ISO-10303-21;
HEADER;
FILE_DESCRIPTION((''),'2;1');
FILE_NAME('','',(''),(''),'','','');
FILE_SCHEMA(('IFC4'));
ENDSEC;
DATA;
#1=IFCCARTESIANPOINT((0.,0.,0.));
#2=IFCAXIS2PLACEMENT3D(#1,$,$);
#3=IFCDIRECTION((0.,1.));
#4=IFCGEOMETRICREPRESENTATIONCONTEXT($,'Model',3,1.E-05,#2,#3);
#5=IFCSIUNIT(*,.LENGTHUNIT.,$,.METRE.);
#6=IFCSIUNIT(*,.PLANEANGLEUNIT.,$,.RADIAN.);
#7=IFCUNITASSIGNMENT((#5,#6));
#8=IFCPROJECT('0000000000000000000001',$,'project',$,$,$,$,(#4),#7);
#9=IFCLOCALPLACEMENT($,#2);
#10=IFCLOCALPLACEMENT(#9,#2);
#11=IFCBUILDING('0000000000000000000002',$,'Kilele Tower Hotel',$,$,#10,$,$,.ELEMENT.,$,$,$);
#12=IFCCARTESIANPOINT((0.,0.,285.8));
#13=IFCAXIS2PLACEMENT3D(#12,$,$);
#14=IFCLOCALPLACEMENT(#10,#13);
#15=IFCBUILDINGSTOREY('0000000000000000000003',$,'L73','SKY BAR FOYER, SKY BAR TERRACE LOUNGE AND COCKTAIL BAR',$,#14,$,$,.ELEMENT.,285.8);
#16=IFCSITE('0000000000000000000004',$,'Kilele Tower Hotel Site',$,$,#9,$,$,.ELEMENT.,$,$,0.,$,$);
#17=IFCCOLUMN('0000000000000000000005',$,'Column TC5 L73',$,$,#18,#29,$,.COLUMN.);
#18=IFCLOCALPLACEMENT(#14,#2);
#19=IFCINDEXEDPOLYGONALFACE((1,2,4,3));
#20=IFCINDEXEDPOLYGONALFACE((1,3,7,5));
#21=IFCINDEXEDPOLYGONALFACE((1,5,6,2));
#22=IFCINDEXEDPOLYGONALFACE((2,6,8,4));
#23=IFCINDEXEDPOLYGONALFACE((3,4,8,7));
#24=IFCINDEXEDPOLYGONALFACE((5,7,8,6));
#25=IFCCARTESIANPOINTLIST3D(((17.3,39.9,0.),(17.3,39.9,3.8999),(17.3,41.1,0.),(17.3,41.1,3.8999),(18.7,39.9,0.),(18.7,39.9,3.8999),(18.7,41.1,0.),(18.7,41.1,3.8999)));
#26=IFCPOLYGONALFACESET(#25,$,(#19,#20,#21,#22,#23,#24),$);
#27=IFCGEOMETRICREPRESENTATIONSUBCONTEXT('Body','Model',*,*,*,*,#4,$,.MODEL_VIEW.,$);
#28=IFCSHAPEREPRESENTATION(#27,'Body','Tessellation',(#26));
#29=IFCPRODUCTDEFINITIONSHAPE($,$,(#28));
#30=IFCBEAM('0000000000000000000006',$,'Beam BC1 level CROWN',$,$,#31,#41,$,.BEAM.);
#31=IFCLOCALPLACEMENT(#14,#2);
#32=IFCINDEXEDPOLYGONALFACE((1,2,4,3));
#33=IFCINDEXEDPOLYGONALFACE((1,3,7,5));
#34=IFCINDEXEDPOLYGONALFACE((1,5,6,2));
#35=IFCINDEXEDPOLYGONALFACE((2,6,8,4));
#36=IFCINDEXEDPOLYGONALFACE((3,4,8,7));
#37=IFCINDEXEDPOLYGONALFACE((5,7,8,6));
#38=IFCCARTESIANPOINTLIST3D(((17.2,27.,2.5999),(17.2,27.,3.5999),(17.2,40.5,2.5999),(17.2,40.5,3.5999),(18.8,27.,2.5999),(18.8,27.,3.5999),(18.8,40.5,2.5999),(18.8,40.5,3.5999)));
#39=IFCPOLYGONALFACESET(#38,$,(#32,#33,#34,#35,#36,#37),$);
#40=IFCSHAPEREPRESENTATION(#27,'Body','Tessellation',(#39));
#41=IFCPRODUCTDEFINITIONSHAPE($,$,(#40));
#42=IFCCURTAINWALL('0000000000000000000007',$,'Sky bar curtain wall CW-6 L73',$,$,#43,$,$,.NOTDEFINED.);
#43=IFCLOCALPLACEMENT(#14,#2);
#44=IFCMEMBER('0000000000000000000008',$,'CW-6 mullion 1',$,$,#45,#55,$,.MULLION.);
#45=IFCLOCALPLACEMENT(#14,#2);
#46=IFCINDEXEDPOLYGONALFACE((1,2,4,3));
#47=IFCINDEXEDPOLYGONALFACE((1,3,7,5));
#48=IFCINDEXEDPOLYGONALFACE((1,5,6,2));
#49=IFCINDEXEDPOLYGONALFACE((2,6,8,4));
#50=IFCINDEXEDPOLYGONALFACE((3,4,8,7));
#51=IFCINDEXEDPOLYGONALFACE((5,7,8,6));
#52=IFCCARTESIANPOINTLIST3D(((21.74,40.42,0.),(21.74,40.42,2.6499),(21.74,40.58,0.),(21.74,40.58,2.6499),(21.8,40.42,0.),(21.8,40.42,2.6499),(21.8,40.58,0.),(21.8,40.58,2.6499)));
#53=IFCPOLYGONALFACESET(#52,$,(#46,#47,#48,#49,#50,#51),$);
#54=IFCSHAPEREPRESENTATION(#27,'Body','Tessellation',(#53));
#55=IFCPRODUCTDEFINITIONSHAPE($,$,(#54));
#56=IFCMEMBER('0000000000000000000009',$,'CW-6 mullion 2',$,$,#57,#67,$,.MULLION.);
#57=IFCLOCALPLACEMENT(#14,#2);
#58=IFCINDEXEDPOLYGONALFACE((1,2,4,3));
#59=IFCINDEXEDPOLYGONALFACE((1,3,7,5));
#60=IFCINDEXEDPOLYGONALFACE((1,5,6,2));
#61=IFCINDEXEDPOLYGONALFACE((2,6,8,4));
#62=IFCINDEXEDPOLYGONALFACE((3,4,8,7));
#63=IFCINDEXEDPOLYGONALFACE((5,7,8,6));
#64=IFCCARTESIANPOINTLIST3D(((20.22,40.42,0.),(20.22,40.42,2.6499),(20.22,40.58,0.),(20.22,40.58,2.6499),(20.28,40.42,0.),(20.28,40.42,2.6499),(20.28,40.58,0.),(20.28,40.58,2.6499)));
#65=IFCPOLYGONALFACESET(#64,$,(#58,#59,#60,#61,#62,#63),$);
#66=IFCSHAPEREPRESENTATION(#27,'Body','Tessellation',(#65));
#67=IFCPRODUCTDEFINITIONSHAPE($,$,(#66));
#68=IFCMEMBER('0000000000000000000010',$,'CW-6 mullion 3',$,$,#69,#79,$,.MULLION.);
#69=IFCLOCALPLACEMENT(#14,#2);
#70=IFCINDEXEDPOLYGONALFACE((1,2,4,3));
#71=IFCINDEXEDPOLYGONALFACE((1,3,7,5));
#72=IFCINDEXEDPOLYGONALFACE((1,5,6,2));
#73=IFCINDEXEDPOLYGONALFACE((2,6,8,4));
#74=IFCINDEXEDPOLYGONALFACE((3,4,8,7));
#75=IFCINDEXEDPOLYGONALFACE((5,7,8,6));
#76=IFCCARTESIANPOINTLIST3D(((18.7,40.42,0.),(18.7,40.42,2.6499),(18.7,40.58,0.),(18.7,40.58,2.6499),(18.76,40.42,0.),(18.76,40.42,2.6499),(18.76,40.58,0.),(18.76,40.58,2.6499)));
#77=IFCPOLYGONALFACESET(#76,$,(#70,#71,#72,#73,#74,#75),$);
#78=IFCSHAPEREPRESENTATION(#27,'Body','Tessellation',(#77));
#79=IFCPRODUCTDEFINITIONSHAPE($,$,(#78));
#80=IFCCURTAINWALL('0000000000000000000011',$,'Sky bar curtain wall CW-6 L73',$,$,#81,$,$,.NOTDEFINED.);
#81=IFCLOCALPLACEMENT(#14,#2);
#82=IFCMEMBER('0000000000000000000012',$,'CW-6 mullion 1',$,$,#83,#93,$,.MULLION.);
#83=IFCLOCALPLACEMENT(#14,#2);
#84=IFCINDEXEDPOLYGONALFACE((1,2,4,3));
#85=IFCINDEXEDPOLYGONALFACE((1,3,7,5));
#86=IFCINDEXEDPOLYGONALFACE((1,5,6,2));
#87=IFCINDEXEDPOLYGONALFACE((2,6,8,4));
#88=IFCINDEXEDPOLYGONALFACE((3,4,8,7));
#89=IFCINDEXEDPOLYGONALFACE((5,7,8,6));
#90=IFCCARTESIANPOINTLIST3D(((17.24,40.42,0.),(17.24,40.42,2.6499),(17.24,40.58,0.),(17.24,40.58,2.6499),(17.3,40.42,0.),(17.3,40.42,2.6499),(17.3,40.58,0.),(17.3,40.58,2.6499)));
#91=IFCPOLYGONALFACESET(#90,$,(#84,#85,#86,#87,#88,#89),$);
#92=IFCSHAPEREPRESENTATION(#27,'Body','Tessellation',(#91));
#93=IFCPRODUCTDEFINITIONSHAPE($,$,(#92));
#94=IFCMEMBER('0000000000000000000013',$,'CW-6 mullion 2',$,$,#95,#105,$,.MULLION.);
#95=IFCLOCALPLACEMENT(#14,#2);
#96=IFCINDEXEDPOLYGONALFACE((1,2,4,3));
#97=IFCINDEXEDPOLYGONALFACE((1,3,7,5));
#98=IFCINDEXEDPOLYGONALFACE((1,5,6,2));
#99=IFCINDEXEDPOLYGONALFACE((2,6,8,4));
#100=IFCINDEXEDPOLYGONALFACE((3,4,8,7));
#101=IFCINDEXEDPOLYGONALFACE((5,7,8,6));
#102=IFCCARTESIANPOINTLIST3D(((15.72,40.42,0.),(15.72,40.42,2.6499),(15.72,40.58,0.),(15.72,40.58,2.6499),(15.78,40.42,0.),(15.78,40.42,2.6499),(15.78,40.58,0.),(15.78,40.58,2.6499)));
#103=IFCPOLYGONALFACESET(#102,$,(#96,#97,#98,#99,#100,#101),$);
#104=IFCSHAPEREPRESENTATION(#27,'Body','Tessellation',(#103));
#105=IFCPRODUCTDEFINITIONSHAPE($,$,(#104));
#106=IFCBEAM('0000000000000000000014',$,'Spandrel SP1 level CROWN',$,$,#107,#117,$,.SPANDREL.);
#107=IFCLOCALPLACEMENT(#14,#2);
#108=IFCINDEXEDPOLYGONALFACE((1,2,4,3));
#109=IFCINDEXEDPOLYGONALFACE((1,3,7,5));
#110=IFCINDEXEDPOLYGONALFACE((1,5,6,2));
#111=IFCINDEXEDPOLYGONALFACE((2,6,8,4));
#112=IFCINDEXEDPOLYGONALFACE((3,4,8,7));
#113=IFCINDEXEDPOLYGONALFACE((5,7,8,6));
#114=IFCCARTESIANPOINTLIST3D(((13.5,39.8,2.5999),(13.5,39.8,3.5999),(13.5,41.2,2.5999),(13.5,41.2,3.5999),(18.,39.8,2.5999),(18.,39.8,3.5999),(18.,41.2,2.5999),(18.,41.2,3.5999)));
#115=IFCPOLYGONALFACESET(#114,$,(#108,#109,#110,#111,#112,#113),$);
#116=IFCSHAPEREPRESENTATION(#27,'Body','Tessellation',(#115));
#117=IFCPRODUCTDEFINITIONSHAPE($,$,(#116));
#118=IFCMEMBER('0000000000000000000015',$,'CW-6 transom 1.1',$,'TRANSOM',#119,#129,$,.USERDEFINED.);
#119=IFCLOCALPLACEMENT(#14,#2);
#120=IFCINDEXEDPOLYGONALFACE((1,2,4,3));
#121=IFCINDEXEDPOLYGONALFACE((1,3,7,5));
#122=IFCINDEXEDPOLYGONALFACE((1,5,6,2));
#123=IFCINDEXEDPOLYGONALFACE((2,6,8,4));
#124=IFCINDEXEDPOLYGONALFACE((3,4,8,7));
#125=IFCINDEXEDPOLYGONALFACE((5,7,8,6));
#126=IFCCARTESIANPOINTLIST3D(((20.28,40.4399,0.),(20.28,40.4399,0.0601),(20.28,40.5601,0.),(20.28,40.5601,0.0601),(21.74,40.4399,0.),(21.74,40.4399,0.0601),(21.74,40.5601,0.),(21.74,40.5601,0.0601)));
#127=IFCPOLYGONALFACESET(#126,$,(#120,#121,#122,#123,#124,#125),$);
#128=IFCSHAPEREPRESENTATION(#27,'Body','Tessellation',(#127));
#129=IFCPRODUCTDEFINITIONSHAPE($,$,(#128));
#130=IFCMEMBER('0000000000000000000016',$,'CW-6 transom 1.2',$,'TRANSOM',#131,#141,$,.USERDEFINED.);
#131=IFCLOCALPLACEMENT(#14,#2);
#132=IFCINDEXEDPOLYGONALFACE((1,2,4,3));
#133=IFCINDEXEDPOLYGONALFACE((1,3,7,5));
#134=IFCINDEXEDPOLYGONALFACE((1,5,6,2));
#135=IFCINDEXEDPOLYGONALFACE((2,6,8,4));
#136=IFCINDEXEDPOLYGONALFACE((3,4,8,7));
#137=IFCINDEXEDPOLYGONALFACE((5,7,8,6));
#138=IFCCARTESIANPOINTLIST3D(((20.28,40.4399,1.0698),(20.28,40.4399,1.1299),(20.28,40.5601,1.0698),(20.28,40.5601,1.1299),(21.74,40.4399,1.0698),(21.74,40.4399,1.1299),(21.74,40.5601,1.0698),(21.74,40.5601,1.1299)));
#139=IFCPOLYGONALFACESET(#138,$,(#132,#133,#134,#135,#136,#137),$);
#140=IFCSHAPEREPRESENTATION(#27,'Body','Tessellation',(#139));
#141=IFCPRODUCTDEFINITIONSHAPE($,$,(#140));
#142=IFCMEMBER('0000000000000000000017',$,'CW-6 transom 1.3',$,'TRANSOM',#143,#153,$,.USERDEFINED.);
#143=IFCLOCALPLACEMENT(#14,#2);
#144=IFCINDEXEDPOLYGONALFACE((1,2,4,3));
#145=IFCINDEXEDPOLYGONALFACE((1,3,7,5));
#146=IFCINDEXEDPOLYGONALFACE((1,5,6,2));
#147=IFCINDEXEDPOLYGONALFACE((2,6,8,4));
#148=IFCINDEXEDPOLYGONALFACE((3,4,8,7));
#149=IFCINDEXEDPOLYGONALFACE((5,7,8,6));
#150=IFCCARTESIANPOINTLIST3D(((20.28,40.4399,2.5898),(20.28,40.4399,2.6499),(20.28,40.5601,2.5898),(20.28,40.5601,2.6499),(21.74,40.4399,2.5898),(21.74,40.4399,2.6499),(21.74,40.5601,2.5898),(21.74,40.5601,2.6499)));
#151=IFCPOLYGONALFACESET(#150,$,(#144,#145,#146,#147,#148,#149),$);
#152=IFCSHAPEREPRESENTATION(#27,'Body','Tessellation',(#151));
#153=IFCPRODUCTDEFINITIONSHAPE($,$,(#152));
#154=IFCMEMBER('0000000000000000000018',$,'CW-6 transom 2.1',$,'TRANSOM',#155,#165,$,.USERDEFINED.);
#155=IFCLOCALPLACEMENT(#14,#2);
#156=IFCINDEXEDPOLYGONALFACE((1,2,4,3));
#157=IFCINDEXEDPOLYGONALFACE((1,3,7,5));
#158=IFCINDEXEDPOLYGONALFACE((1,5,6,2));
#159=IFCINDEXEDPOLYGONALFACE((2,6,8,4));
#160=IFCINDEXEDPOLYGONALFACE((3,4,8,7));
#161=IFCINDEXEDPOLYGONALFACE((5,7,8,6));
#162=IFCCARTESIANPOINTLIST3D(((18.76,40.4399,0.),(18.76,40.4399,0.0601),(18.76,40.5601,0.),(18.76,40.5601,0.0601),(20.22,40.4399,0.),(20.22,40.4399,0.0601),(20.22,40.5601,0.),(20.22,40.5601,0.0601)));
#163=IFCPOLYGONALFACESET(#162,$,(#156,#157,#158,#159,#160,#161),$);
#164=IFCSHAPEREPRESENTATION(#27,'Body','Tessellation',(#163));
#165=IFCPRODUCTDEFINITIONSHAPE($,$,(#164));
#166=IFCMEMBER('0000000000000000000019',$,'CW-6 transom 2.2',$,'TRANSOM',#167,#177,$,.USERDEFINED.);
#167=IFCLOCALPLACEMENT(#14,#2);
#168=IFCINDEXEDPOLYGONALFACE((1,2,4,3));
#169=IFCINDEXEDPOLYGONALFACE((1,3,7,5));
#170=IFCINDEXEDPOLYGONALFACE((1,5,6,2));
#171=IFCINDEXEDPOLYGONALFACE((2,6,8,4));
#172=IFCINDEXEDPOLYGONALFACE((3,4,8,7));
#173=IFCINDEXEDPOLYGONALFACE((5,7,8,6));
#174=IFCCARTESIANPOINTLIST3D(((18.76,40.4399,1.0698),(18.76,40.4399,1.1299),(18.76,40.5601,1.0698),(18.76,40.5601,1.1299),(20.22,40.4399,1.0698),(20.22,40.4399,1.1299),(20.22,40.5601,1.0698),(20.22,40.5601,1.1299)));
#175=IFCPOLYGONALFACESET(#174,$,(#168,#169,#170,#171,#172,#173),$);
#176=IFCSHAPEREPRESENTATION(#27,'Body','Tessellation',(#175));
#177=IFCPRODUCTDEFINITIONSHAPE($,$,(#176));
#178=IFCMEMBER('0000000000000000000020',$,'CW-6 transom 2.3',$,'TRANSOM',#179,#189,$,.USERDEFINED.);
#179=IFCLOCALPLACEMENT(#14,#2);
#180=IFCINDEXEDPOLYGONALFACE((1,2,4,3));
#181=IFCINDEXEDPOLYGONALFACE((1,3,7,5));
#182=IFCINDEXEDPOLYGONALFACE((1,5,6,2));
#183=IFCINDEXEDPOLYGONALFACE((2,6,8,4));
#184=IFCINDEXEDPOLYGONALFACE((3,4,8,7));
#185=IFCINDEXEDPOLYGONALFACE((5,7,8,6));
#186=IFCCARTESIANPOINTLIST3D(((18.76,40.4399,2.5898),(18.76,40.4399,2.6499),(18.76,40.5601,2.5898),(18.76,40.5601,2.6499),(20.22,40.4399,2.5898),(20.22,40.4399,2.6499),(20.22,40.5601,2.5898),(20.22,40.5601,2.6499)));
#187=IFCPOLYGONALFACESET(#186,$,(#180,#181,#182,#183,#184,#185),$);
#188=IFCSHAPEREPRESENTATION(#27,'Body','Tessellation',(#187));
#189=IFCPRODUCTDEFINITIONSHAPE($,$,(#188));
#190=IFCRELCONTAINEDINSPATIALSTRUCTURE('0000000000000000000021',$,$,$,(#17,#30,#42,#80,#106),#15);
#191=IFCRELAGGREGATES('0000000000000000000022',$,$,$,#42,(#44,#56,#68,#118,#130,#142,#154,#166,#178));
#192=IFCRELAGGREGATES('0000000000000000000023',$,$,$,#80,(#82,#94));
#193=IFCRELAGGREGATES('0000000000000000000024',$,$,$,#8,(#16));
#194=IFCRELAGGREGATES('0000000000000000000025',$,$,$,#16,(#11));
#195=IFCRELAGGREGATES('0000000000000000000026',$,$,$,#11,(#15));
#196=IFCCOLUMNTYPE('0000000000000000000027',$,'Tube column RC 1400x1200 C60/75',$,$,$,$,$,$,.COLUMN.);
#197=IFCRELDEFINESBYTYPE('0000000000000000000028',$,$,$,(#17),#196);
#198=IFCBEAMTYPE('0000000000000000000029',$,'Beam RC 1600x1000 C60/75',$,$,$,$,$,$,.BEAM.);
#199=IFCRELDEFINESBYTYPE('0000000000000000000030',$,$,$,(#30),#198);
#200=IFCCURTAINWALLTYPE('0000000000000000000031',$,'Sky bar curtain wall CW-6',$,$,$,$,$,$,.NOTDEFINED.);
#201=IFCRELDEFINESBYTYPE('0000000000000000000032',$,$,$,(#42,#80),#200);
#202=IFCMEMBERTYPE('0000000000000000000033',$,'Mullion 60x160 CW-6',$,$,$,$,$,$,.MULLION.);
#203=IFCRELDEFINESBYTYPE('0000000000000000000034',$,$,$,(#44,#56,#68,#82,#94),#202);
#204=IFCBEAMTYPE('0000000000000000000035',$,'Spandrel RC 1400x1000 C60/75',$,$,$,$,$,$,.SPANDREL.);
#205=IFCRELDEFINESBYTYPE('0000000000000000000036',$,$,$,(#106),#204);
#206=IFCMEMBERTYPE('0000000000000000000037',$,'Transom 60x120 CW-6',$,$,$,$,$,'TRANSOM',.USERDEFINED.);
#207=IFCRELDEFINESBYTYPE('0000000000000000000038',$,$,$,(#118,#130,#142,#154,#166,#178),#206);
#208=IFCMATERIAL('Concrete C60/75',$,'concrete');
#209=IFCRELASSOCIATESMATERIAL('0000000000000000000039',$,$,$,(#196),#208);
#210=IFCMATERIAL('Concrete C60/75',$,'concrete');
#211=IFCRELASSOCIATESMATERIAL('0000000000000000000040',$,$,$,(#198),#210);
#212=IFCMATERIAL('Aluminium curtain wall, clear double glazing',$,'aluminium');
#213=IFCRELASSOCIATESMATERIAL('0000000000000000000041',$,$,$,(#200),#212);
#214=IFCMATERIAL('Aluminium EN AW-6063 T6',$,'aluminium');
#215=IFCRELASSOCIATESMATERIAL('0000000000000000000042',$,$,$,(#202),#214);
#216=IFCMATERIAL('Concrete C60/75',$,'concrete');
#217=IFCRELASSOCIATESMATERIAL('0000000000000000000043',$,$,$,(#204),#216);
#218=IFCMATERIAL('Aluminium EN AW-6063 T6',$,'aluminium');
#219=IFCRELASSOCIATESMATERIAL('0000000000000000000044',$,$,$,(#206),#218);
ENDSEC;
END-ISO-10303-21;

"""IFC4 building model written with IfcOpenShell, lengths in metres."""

from ifc_helpers import new_model, si_unit, direction, frame, origin, origin_2d, place, context, subcontext, project, spatial, rectangle, extrude, material, material_profile, profile_set, type_object, element, aggregate, save


model = new_model("IFC4")

# Units and contexts
model_context = context("Model", 3, precision=1e-05, world=origin(), true_north=direction((0.0, 1.0)))
body_context = subcontext(model_context, "Body", "Model", "MODEL_VIEW")
ifc_project = project(units=[si_unit("LENGTHUNIT", "METRE"), si_unit("PLANEANGLEUNIT", "RADIAN")], contexts=[model_context])

# Site, building, storey
site_placement = place(None, origin())
site = spatial("IfcSite", under=ifc_project, at=site_placement, Name="Kilele Tower Hotel Site", CompositionType="ELEMENT", RefElevation=0.0)
building_placement = place(site_placement, origin())
building = spatial("IfcBuilding", under=site, at=building_placement, Name="Kilele Tower Hotel", CompositionType="ELEMENT")
storey_placement = place(building_placement, frame((0.0, 0.0, 285.8)))
storey = spatial("IfcBuildingStorey", under=building, at=storey_placement, Name="L73", Description="SKY BAR FOYER, SKY BAR TERRACE LOUNGE AND COCKTAIL BAR", CompositionType="ELEMENT", Elevation=285.8)

# Column
ifc_material_1 = material(Name="Concrete C60/75", Category="concrete")
ifc_material_profile_1 = material_profile(ifc_material_1, rectangle(XDim=1.3999, YDim=1.2, at=origin_2d()))
ifc_profile_set_1 = profile_set([ifc_material_profile_1], Name="Concrete C60/75")
column_type = type_object("IfcColumnType", Name="Tube column RC 1400x1200 C60/75", PredefinedType="COLUMN", material=ifc_profile_set_1)
column_placement = place(storey_placement, frame((18.0, 40.5, 0.0), z_axis=(0.0, 0.0, 1.0), x_axis=(1.0, 0.0, 0.0)))
element("IfcColumn", 1, at=column_placement, inside=storey, type_object=column_type, Name="Column TC5 L73", PredefinedType="COLUMN", context=body_context, shape_type="SweptSolid", body=[
    extrude(rectangle(XDim=1.3999, YDim=1.2, at=origin_2d()), origin(), (0.0, 0.0, 1.0), 3.8999),
])

# Beam
ifc_material_2 = material(Name="Concrete C60/75", Category="concrete")
ifc_material_profile_2 = material_profile(ifc_material_2, rectangle(XDim=1.6001, YDim=1.0, at=origin_2d()))
ifc_profile_set_2 = profile_set([ifc_material_profile_2], Name="Concrete C60/75")
beam_type_1 = type_object("IfcBeamType", Name="Beam RC 1600x1000 C60/75", PredefinedType="BEAM", material=ifc_profile_set_2)
beam_1_placement = place(storey_placement, frame((18.0, 40.5, 3.0999), z_axis=(0.0, -1.0, 0.0), x_axis=(1.0, 0.0, 0.0)))
element("IfcBeam", 2, at=beam_1_placement, inside=storey, type_object=beam_type_1, Name="Beam BC1 level CROWN", PredefinedType="BEAM", context=body_context, shape_type="SweptSolid", body=[
    extrude(rectangle(XDim=1.6001, YDim=1.0, at=origin_2d()), origin(), (0.0, 0.0, 1.0), 13.5),
])

# Curtain walls, members
ifc_material_3 = material(Name="Aluminium curtain wall, clear double glazing", Category="aluminium")
curtain_wall_type = type_object("IfcCurtainWallType", Name="Sky bar curtain wall CW-6", PredefinedType="NOTDEFINED", material=ifc_material_3)
curtain_wall_1_placement = place(storey_placement, origin())
curtain_wall_1 = element("IfcCurtainWall", 3, at=curtain_wall_1_placement, inside=storey, type_object=curtain_wall_type, Name="Sky bar curtain wall CW-6 L73", PredefinedType="NOTDEFINED")
ifc_material_4 = material(Name="Aluminium EN AW-6063 T6", Category="aluminium")
ifc_material_profile_3 = material_profile(ifc_material_4, rectangle(XDim=0.1599, YDim=0.0601, at=origin_2d()))
ifc_profile_set_3 = profile_set([ifc_material_profile_3], Name="Aluminium EN AW-6063 T6")
member_type_1 = type_object("IfcMemberType", Name="Mullion 60x160 CW-6", PredefinedType="MULLION", material=ifc_profile_set_3)
member_1_placement = place(storey_placement, frame((21.77, 40.5, 0.0), z_axis=(0.0, 0.0, 1.0), x_axis=(0.0, -1.0, 0.0)))
member_1 = element("IfcMember", 4, at=member_1_placement, type_object=member_type_1, Name="CW-6 mullion 1", PredefinedType="MULLION", context=body_context, shape_type="SweptSolid", body=[
    extrude(rectangle(XDim=0.1599, YDim=0.0601, at=origin_2d()), origin(), (0.0, 0.0, 1.0), 2.6499),
])
member_2_placement = place(storey_placement, frame((20.25, 40.5, 0.0), z_axis=(0.0, 0.0, 1.0), x_axis=(0.0, -1.0, 0.0)))
member_2 = element("IfcMember", 5, at=member_2_placement, type_object=member_type_1, Name="CW-6 mullion 2", PredefinedType="MULLION", context=body_context, shape_type="SweptSolid", body=[
    extrude(rectangle(XDim=0.1599, YDim=0.0601, at=origin_2d()), origin(), (0.0, 0.0, 1.0), 2.6499),
])
member_3_placement = place(storey_placement, frame((18.73, 40.5, 0.0), z_axis=(0.0, 0.0, 1.0), x_axis=(0.0, -1.0, 0.0)))
member_3 = element("IfcMember", 6, at=member_3_placement, type_object=member_type_1, Name="CW-6 mullion 3", PredefinedType="MULLION", context=body_context, shape_type="SweptSolid", body=[
    extrude(rectangle(XDim=0.1599, YDim=0.0601, at=origin_2d()), origin(), (0.0, 0.0, 1.0), 2.6499),
])
curtain_wall_2_placement = place(storey_placement, origin())
curtain_wall_2 = element("IfcCurtainWall", 7, at=curtain_wall_2_placement, inside=storey, type_object=curtain_wall_type, Name="Sky bar curtain wall CW-6 L73", PredefinedType="NOTDEFINED")
member_4_placement = place(storey_placement, frame((17.27, 40.5, 0.0), z_axis=(0.0, 0.0, 1.0), x_axis=(0.0, -1.0, 0.0)))
member_4 = element("IfcMember", 8, at=member_4_placement, type_object=member_type_1, Name="CW-6 mullion 1", PredefinedType="MULLION", context=body_context, shape_type="SweptSolid", body=[
    extrude(rectangle(XDim=0.1599, YDim=0.0601, at=origin_2d()), origin(), (0.0, 0.0, 1.0), 2.6499),
])
member_5_placement = place(storey_placement, frame((15.75, 40.5, 0.0), z_axis=(0.0, 0.0, 1.0), x_axis=(0.0, -1.0, 0.0)))
member_5 = element("IfcMember", 9, at=member_5_placement, type_object=member_type_1, Name="CW-6 mullion 2", PredefinedType="MULLION", context=body_context, shape_type="SweptSolid", body=[
    extrude(rectangle(XDim=0.1599, YDim=0.0601, at=origin_2d()), origin(), (0.0, 0.0, 1.0), 2.6499),
])

# Beam
ifc_material_5 = material(Name="Concrete C60/75", Category="concrete")
ifc_material_profile_4 = material_profile(ifc_material_5, rectangle(XDim=1.3999, YDim=1.0, at=origin_2d()))
ifc_profile_set_4 = profile_set([ifc_material_profile_4], Name="Concrete C60/75")
beam_type_2 = type_object("IfcBeamType", Name="Spandrel RC 1400x1000 C60/75", PredefinedType="SPANDREL", material=ifc_profile_set_4)
beam_2_placement = place(storey_placement, frame((18.0, 40.5, 3.0999), z_axis=(-1.0, 0.0, 0.0), x_axis=(0.0, -1.0, 0.0)))
element("IfcBeam", 10, at=beam_2_placement, inside=storey, type_object=beam_type_2, Name="Spandrel SP1 level CROWN", PredefinedType="SPANDREL", context=body_context, shape_type="SweptSolid", body=[
    extrude(rectangle(XDim=1.3999, YDim=1.0, at=origin_2d()), origin(), (0.0, 0.0, 1.0), 4.5),
])

# Members
ifc_material_6 = material(Name="Aluminium EN AW-6063 T6", Category="aluminium")
ifc_material_profile_5 = material_profile(ifc_material_6, rectangle(XDim=0.1201, YDim=0.0601, at=origin_2d()))
ifc_profile_set_5 = profile_set([ifc_material_profile_5], Name="Aluminium EN AW-6063 T6")
member_type_2 = type_object("IfcMemberType", Name="Transom 60x120 CW-6", ElementType="TRANSOM", PredefinedType="USERDEFINED", material=ifc_profile_set_5)
member_6_placement = place(storey_placement, frame((21.74, 40.5, 0.03), z_axis=(-1.0, 0.0, 0.0), x_axis=(0.0, -1.0, 0.0)))
member_6 = element("IfcMember", 11, at=member_6_placement, type_object=member_type_2, Name="CW-6 transom 1.1", ObjectType="TRANSOM", PredefinedType="USERDEFINED", context=body_context, shape_type="SweptSolid", body=[
    extrude(rectangle(XDim=0.1201, YDim=0.0601, at=origin_2d()), origin(), (0.0, 0.0, 1.0), 1.46),
])
member_7_placement = place(storey_placement, frame((21.74, 40.5, 1.0999), z_axis=(-1.0, 0.0, 0.0), x_axis=(0.0, -1.0, 0.0)))
member_7 = element("IfcMember", 12, at=member_7_placement, type_object=member_type_2, Name="CW-6 transom 1.2", ObjectType="TRANSOM", PredefinedType="USERDEFINED", context=body_context, shape_type="SweptSolid", body=[
    extrude(rectangle(XDim=0.1201, YDim=0.0601, at=origin_2d()), origin(), (0.0, 0.0, 1.0), 1.46),
])
member_8_placement = place(storey_placement, frame((21.74, 40.5, 2.6199), z_axis=(-1.0, 0.0, 0.0), x_axis=(0.0, -1.0, 0.0)))
member_8 = element("IfcMember", 13, at=member_8_placement, type_object=member_type_2, Name="CW-6 transom 1.3", ObjectType="TRANSOM", PredefinedType="USERDEFINED", context=body_context, shape_type="SweptSolid", body=[
    extrude(rectangle(XDim=0.1201, YDim=0.0601, at=origin_2d()), origin(), (0.0, 0.0, 1.0), 1.46),
])
member_9_placement = place(storey_placement, frame((20.22, 40.5, 0.03), z_axis=(-1.0, 0.0, 0.0), x_axis=(0.0, -1.0, 0.0)))
member_9 = element("IfcMember", 14, at=member_9_placement, type_object=member_type_2, Name="CW-6 transom 2.1", ObjectType="TRANSOM", PredefinedType="USERDEFINED", context=body_context, shape_type="SweptSolid", body=[
    extrude(rectangle(XDim=0.1201, YDim=0.0601, at=origin_2d()), origin(), (0.0, 0.0, 1.0), 1.46),
])
member_10_placement = place(storey_placement, frame((20.22, 40.5, 1.0999), z_axis=(-1.0, 0.0, 0.0), x_axis=(0.0, -1.0, 0.0)))
member_10 = element("IfcMember", 15, at=member_10_placement, type_object=member_type_2, Name="CW-6 transom 2.2", ObjectType="TRANSOM", PredefinedType="USERDEFINED", context=body_context, shape_type="SweptSolid", body=[
    extrude(rectangle(XDim=0.1201, YDim=0.0601, at=origin_2d()), origin(), (0.0, 0.0, 1.0), 1.46),
])
member_11_placement = place(storey_placement, frame((20.22, 40.5, 2.6199), z_axis=(-1.0, 0.0, 0.0), x_axis=(0.0, -1.0, 0.0)))
member_11 = element("IfcMember", 16, at=member_11_placement, type_object=member_type_2, Name="CW-6 transom 2.3", ObjectType="TRANSOM", PredefinedType="USERDEFINED", context=body_context, shape_type="SweptSolid", body=[
    extrude(rectangle(XDim=0.1201, YDim=0.0601, at=origin_2d()), origin(), (0.0, 0.0, 1.0), 1.46),
])

aggregate(curtain_wall_1, [member_1, member_2, member_3, member_6, member_7, member_8, member_9, member_10, member_11])
aggregate(curtain_wall_2, [member_4, member_5])

save(model, "model.ifc")
